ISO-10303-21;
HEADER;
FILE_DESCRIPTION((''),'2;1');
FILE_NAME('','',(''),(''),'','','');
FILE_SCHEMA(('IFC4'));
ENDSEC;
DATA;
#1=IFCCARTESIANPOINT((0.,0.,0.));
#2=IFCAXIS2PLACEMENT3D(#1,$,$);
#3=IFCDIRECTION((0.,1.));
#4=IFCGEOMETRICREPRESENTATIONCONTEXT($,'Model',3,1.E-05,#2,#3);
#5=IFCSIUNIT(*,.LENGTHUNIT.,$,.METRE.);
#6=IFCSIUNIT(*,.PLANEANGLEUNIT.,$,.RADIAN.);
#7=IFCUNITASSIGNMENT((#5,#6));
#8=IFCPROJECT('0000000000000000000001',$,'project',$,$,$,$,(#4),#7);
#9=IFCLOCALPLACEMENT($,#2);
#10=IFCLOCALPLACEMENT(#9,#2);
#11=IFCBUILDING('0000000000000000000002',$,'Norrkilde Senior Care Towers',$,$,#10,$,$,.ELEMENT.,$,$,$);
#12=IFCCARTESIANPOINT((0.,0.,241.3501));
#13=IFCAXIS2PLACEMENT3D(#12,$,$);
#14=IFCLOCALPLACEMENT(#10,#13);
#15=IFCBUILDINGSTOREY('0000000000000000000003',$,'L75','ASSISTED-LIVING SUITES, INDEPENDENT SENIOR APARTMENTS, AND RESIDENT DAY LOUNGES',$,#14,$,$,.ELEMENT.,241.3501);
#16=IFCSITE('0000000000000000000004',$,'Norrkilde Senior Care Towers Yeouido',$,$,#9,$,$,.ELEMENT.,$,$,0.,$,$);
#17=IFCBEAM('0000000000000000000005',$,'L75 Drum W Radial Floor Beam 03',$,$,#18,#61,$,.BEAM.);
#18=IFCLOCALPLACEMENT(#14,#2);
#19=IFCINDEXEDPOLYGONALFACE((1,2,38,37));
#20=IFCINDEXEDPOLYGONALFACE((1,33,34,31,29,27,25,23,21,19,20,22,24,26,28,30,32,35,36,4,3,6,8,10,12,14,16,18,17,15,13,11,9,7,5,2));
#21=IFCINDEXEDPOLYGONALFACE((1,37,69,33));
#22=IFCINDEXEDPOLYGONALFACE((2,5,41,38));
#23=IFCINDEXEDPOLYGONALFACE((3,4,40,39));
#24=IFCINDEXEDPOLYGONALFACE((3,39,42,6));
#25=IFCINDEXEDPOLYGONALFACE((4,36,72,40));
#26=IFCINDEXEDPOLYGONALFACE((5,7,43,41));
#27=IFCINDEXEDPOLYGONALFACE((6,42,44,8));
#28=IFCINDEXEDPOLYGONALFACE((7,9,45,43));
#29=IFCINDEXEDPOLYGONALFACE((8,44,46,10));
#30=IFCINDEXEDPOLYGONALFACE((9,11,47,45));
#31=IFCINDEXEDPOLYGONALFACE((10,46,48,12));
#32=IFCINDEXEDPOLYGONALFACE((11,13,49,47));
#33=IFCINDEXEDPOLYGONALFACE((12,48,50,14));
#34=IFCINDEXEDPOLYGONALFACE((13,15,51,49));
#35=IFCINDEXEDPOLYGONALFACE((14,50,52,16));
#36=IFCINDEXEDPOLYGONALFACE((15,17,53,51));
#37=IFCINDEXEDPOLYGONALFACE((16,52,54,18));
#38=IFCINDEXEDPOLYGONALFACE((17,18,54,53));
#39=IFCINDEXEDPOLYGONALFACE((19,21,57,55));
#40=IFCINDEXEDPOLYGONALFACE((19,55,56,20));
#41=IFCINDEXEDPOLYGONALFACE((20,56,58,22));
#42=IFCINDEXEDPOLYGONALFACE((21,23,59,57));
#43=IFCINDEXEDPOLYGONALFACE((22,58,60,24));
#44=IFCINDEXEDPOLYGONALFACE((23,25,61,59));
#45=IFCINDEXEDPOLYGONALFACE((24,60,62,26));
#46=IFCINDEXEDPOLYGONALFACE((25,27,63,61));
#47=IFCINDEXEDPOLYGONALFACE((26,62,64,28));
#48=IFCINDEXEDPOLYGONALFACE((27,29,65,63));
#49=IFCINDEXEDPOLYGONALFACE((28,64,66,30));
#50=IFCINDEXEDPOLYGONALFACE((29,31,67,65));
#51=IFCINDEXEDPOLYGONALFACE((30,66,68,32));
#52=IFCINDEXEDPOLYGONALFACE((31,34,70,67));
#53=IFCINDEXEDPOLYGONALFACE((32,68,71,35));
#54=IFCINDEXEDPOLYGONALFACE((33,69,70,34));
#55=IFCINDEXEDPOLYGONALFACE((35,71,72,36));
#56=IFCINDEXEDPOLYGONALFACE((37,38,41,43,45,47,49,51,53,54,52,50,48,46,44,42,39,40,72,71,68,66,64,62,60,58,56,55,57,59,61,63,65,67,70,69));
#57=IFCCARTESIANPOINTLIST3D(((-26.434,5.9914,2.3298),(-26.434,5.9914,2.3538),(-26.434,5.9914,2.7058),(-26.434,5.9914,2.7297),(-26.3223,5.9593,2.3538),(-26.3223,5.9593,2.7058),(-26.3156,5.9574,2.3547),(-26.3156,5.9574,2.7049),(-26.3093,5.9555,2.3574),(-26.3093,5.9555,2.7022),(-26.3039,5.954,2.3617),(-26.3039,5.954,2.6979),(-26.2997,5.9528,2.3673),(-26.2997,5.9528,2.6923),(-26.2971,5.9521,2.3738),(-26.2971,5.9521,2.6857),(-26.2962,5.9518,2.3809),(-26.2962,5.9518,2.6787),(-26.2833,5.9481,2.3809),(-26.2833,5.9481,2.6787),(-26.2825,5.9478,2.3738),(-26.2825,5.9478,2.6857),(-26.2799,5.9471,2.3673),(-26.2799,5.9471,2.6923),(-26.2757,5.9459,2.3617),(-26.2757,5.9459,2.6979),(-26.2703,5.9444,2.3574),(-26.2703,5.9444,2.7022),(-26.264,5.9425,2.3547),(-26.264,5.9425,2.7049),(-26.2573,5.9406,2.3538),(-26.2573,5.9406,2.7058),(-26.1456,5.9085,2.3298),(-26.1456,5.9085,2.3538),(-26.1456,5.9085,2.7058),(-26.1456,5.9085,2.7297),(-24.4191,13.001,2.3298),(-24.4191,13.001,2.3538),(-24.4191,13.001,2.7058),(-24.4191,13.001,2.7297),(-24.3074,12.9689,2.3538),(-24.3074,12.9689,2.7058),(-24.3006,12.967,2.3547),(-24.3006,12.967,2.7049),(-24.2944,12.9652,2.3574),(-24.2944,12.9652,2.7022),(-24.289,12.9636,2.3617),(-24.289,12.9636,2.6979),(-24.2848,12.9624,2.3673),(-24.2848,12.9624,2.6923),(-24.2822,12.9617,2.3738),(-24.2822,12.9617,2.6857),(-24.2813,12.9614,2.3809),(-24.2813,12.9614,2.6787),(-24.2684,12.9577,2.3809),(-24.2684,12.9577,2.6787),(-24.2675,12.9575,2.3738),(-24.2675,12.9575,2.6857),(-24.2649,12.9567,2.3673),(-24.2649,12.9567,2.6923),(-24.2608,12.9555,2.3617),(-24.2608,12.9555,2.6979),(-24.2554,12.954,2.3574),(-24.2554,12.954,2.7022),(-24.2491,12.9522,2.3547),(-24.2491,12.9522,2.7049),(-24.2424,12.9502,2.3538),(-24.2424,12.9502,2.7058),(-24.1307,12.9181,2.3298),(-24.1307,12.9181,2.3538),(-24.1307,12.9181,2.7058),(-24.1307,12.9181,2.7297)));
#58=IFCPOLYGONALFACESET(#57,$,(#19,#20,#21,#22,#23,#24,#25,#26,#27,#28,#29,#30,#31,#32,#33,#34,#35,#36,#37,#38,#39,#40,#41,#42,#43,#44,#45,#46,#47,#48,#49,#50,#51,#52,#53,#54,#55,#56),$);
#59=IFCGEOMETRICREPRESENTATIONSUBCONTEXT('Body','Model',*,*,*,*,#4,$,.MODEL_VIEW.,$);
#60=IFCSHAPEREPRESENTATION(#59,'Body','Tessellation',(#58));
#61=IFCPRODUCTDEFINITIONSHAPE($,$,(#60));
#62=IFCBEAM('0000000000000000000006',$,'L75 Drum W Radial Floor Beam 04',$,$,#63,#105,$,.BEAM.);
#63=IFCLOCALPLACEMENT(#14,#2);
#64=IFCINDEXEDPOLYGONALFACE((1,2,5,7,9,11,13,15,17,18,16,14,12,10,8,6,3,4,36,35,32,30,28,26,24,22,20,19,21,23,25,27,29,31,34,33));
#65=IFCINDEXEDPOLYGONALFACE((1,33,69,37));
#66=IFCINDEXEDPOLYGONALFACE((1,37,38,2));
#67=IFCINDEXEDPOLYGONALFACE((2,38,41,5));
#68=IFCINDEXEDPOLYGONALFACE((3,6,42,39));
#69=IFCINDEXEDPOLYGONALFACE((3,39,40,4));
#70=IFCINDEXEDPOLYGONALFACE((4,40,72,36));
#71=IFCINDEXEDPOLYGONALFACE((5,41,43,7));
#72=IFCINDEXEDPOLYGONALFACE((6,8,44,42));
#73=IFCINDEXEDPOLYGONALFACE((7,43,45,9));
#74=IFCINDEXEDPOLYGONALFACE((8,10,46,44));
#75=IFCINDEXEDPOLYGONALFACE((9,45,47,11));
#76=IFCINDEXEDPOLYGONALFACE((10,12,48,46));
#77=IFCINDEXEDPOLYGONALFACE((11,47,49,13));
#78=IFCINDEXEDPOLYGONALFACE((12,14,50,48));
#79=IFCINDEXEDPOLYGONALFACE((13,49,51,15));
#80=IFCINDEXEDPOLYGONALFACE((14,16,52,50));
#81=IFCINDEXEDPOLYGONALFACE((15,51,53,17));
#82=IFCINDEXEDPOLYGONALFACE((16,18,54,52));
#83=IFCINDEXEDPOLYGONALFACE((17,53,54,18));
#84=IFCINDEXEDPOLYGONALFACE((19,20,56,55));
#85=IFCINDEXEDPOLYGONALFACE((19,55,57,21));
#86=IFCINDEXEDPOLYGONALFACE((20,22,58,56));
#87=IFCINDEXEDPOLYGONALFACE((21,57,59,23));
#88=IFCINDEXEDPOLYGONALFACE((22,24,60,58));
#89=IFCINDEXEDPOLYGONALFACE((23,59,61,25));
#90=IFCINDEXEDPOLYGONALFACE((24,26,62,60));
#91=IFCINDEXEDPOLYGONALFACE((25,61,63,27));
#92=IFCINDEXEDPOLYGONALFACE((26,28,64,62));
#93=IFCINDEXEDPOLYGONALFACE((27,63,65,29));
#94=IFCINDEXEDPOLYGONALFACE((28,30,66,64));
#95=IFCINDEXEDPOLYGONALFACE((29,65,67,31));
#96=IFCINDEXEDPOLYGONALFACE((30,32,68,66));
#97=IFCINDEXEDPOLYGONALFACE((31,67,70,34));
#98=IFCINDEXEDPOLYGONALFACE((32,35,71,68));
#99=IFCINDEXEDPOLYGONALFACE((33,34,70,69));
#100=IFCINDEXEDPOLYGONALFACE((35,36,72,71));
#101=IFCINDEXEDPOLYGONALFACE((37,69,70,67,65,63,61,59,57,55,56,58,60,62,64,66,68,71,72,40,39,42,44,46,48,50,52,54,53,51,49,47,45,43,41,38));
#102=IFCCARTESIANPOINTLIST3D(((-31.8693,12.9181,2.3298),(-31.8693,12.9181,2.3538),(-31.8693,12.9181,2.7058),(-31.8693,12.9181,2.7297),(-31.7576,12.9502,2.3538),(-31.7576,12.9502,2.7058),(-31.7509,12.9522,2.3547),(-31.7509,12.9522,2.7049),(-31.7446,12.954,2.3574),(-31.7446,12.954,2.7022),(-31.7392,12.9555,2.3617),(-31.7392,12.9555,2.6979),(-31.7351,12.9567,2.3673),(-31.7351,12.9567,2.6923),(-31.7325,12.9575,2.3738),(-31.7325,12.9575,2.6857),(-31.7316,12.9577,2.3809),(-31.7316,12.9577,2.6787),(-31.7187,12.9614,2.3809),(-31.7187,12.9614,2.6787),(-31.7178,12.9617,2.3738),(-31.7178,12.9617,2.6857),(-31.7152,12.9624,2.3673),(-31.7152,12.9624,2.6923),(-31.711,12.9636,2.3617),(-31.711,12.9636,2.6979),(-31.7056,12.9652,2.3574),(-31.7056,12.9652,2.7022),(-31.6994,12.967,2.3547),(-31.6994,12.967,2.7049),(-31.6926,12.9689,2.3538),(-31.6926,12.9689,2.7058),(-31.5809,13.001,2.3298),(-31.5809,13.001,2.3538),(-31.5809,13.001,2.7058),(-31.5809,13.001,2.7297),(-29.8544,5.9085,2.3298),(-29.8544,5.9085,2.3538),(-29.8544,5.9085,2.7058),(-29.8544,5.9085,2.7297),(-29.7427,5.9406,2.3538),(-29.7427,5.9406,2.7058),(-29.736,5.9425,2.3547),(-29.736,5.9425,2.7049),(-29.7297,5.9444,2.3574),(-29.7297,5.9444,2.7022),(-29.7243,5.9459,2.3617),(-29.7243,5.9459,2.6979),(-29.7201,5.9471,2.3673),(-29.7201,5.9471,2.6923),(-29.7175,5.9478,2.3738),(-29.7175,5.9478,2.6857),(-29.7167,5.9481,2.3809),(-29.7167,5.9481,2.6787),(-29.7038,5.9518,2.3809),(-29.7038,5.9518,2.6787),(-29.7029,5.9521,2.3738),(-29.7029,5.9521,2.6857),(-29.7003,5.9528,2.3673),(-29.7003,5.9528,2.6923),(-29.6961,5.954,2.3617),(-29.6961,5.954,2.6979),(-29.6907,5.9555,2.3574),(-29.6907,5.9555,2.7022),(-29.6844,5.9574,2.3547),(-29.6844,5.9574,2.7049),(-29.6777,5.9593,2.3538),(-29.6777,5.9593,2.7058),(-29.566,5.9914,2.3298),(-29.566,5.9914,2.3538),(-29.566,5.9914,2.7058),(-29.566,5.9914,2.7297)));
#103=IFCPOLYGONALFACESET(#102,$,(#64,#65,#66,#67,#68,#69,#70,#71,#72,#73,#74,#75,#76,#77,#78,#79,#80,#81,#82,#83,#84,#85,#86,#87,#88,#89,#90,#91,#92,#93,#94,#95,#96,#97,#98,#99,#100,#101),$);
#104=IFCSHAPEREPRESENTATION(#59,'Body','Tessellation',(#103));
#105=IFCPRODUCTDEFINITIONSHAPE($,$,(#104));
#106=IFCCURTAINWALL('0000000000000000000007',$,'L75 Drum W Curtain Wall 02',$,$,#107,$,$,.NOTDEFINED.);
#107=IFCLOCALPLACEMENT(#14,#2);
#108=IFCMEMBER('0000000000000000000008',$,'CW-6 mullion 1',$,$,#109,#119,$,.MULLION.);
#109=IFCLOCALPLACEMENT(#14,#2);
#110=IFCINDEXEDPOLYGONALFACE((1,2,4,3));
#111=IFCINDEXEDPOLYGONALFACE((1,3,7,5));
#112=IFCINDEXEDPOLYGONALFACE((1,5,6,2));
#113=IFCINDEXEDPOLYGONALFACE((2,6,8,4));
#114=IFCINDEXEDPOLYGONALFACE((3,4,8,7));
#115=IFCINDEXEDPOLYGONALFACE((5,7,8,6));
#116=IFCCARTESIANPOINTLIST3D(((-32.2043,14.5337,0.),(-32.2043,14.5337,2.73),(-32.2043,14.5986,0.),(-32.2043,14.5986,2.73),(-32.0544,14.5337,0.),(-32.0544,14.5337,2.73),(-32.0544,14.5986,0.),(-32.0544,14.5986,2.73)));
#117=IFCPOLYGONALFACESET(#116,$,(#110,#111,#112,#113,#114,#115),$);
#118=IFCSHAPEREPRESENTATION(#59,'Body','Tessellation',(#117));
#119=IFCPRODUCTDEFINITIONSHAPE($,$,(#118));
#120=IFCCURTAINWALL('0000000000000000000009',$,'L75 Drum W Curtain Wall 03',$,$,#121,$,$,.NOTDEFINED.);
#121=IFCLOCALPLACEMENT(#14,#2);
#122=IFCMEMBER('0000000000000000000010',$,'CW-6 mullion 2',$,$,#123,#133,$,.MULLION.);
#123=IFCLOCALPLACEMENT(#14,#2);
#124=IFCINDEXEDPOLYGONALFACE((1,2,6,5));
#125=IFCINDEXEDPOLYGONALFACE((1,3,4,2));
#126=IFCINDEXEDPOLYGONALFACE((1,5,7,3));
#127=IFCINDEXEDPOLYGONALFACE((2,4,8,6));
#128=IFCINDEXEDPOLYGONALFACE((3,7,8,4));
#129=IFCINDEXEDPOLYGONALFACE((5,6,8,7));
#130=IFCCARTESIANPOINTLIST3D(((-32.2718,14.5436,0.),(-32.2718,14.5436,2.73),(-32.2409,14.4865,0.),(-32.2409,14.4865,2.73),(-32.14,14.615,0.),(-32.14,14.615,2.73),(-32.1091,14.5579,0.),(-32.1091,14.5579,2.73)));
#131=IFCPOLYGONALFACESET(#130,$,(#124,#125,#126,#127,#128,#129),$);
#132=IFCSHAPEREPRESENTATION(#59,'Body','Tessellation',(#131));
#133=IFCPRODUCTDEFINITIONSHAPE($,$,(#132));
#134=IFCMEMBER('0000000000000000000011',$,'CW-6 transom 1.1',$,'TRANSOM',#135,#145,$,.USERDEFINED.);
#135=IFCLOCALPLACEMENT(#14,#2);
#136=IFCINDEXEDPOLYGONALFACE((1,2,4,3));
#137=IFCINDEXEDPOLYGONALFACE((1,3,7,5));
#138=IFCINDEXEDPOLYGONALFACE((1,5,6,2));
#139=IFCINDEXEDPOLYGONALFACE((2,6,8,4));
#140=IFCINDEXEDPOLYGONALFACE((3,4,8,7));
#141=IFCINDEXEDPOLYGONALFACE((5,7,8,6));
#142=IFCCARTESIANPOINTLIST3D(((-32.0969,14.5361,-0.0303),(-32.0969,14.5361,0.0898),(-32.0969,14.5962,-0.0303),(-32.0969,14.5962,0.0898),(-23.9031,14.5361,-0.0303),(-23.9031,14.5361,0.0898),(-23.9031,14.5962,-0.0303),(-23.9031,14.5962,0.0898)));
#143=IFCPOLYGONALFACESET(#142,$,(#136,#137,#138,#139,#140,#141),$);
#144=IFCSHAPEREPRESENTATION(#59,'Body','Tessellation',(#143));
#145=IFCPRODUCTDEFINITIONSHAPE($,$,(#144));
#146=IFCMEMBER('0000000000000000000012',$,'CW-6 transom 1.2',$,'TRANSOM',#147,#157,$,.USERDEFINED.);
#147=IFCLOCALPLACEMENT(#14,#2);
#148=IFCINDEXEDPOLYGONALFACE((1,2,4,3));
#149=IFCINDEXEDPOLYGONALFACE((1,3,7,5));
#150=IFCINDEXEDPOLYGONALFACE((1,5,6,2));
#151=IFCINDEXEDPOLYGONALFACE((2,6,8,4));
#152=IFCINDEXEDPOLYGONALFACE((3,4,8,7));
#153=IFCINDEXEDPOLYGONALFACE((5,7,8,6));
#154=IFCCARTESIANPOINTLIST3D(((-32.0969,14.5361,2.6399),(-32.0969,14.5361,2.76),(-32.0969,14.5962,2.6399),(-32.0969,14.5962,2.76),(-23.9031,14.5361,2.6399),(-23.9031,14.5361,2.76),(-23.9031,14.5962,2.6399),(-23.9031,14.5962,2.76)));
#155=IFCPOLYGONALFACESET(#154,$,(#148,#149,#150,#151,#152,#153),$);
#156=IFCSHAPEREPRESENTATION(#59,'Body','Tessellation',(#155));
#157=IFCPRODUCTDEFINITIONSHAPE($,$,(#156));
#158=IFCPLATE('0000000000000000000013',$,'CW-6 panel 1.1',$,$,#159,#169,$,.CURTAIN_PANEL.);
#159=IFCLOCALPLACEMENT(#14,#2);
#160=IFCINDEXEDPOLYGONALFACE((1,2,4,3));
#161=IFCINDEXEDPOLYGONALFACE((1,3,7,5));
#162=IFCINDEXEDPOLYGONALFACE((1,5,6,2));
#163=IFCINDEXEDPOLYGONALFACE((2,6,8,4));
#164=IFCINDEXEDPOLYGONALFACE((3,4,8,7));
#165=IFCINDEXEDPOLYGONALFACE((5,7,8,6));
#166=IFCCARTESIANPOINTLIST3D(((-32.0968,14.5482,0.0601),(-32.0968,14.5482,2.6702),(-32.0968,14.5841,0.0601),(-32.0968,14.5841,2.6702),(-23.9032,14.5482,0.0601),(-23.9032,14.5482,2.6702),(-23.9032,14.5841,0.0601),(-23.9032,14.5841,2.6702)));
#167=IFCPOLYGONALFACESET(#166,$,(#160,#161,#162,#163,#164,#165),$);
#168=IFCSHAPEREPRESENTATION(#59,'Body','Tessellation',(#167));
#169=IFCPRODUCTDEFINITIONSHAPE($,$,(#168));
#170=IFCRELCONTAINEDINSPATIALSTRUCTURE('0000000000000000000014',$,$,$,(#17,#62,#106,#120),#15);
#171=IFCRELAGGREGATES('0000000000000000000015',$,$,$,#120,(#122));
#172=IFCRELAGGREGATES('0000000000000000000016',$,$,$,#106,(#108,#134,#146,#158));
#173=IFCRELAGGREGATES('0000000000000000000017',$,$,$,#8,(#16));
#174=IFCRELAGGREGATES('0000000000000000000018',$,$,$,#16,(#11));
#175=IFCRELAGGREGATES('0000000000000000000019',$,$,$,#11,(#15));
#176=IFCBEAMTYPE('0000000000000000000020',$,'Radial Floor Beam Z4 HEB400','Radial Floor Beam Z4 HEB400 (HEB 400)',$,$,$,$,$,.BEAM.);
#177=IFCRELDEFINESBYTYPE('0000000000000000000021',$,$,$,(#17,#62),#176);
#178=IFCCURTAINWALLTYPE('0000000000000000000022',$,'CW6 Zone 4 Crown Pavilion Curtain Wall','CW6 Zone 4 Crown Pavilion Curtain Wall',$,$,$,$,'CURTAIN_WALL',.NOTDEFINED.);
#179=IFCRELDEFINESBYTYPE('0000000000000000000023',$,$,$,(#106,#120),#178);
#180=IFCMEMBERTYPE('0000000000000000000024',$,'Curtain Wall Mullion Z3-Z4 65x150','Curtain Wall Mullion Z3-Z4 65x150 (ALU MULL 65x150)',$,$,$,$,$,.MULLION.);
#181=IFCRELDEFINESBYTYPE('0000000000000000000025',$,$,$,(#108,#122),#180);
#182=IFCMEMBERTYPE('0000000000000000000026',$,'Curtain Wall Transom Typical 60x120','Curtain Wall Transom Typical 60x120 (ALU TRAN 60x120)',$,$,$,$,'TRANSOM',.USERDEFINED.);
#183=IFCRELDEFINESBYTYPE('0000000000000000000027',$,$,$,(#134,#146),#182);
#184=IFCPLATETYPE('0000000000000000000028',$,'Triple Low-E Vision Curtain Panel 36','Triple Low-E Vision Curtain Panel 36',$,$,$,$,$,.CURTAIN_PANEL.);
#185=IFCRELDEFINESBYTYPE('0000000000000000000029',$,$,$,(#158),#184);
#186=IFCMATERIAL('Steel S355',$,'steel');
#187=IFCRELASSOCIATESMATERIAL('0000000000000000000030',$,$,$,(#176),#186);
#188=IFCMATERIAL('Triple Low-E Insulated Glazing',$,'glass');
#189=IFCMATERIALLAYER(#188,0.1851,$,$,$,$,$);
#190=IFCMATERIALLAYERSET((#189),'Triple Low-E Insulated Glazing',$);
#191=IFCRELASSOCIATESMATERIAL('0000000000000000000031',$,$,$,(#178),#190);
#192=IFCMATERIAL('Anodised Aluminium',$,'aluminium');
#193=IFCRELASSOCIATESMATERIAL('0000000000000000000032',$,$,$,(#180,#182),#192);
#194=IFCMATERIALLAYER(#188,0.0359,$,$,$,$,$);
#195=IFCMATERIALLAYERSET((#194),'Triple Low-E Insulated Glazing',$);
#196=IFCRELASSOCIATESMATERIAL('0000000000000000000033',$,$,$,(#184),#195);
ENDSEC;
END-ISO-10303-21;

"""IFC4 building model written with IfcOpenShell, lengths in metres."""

from ifc_helpers import new_model, si_unit, direction, frame, origin, origin_2d, place, context, subcontext, project, spatial, rectangle, i_section, extrude, source, transform, mapped, material, layer, layer_set, material_profile, profile_set, type_object, type_shapes, element, aggregate, save


model = new_model("IFC4")

# Units and contexts
model_context = context("Model", 3, precision=1e-05, world=origin(), true_north=direction((0.0, 1.0)))
body_context = subcontext(model_context, "Body", "Model", "MODEL_VIEW")
ifc_project = project(units=[si_unit("LENGTHUNIT", "METRE"), si_unit("PLANEANGLEUNIT", "RADIAN")], contexts=[model_context])

# Site, building, storey
site_placement = place(None, origin())
site = spatial("IfcSite", under=ifc_project, at=site_placement, Name="Norrkilde Senior Care Towers Yeouido", CompositionType="ELEMENT", RefElevation=0.0)
building_placement = place(site_placement, origin())
building = spatial("IfcBuilding", under=site, at=building_placement, Name="Norrkilde Senior Care Towers", CompositionType="ELEMENT")
storey_placement = place(building_placement, frame((0.0, 0.0, 241.3501)))
storey = spatial("IfcBuildingStorey", under=building, at=storey_placement, Name="L75", Description="ASSISTED-LIVING SUITES, INDEPENDENT SENIOR APARTMENTS, AND RESIDENT DAY LOUNGES", CompositionType="ELEMENT", Elevation=241.3501)

# Beams
ifc_material_1 = material(Name="Steel S355", Category="steel")
ifc_material_profile_1 = material_profile(ifc_material_1, i_section(OverallWidth=0.3, OverallDepth=0.3999, WebThickness=0.0134, FlangeThickness=0.0239, FilletRadius=0.0271, at=origin_2d()), Name="HEB 400")
ifc_profile_set_1 = profile_set([ifc_material_profile_1], Name="Steel S355")
beam_type_1 = type_object("IfcBeamType", Name="Radial Floor Beam Z4 HEB400", Description="Radial Floor Beam Z4 HEB400 (HEB 400)", PredefinedType="BEAM", material=ifc_profile_set_1)
shared_shape_1 = source(origin(), body_context, "Body", "SweptSolid", [
    extrude(i_section(OverallWidth=0.3, OverallDepth=0.3999, WebThickness=0.0134, FlangeThickness=0.0239, FilletRadius=0.0271, at=origin_2d()), origin(), (0.0, 0.0, 1.0), 7.2935),
])
for number, where, z_axis, x_axis, name in (
    (1, (-26.2898, 5.95, 2.5298), (0.276264, 0.961082, 0.0), (-0.961082, 0.276264, 0.0), "L75 Drum W Radial Floor Beam 03"),
    (2, (-29.7102, 5.95, 2.5298), (-0.276264, 0.961082, 0.0), (-0.961082, -0.276264, 0.0), "L75 Drum W Radial Floor Beam 04"),
):
    element("IfcBeam", number, at=place(storey_placement, frame(where, z_axis=z_axis, x_axis=x_axis)), inside=storey, type_object=beam_type_1, Name=name, PredefinedType="BEAM", context=body_context, shape_type="MappedRepresentation", body=[
        mapped(shared_shape_1, transform((0.0, 0.0, 0.0), x_axis=(1.0, 0.0, 0.0), y_axis=(0.0, 1.0, 0.0), z_axis=(0.0, 0.0, 1.0), scale=1.0)),
    ])

# Curtain walls, members
ifc_material_2 = material(Name="Triple Low-E Insulated Glazing", Category="glass")
ifc_layer_1 = layer(ifc_material_2, 0.1851)
ifc_layer_set_1 = layer_set([ifc_layer_1], Name="Triple Low-E Insulated Glazing")
curtain_wall_type = type_object("IfcCurtainWallType", Name="CW6 Zone 4 Crown Pavilion Curtain Wall", Description="CW6 Zone 4 Crown Pavilion Curtain Wall", ElementType="CURTAIN_WALL", PredefinedType="NOTDEFINED", material=ifc_layer_set_1)
curtain_wall_1_placement = place(storey_placement, origin())
curtain_wall_1 = element("IfcCurtainWall", 3, at=curtain_wall_1_placement, inside=storey, type_object=curtain_wall_type, Name="L75 Drum W Curtain Wall 02", PredefinedType="NOTDEFINED")
ifc_material_3 = material(Name="Anodised Aluminium", Category="aluminium")
ifc_material_profile_2 = material_profile(ifc_material_3, rectangle(XDim=0.0649, YDim=0.1499, at=origin_2d()), Name="ALU MULL 65x150")
ifc_profile_set_2 = profile_set([ifc_material_profile_2], Name="Anodised Aluminium")
member_type_1 = type_object("IfcMemberType", Name="Curtain Wall Mullion Z3-Z4 65x150", Description="Curtain Wall Mullion Z3-Z4 65x150 (ALU MULL 65x150)", PredefinedType="MULLION", material=ifc_profile_set_2)
shared_shape_2 = source(origin(), body_context, "Body", "SweptSolid", [
    extrude(rectangle(XDim=0.0649, YDim=0.1499, at=origin_2d()), origin(), (0.0, 0.0, 1.0), 2.73),
])
type_shapes(member_type_1, [shared_shape_2])
member_1_placement = place(storey_placement, frame((-32.1294, 14.5662, 0.0), z_axis=(0.0, 0.0, 1.0), x_axis=(0.0, 1.0, 0.0)))
member_1 = element("IfcMember", 4, at=member_1_placement, type_object=member_type_1, Name="CW-6 mullion 1", PredefinedType="MULLION", context=body_context, shape_type="MappedRepresentation", body=[
    mapped(shared_shape_2, transform((0.0, 0.0, 0.0), x_axis=(1.0, 0.0, 0.0), y_axis=(0.0, 1.0, 0.0), z_axis=(0.0, 0.0, 1.0), scale=1.0)),
])
curtain_wall_2_placement = place(storey_placement, origin())
curtain_wall_2 = element("IfcCurtainWall", 5, at=curtain_wall_2_placement, inside=storey, type_object=curtain_wall_type, Name="L75 Drum W Curtain Wall 03", PredefinedType="NOTDEFINED")
member_2_placement = place(storey_placement, frame((-32.1904, 14.5508, 0.0), z_axis=(0.0, 0.0, 1.0), x_axis=(-0.476133, 0.879373, 0.0)))
member_2 = element("IfcMember", 6, at=member_2_placement, type_object=member_type_1, Name="CW-6 mullion 2", PredefinedType="MULLION", context=body_context, shape_type="MappedRepresentation", body=[
    mapped(shared_shape_2, transform((0.0, 0.0, 0.0), x_axis=(1.0, 0.0, 0.0), y_axis=(0.0, 1.0, 0.0), z_axis=(0.0, 0.0, 1.0), scale=1.0)),
])
aggregate(curtain_wall_2, [member_2])

# Members
ifc_material_profile_3 = material_profile(ifc_material_3, rectangle(XDim=0.0601, YDim=0.1201, at=origin_2d()), Name="ALU TRAN 60x120")
ifc_profile_set_3 = profile_set([ifc_material_profile_3], Name="Anodised Aluminium")
member_type_2 = type_object("IfcMemberType", Name="Curtain Wall Transom Typical 60x120", Description="Curtain Wall Transom Typical 60x120 (ALU TRAN 60x120)", ElementType="TRANSOM", PredefinedType="USERDEFINED", material=ifc_profile_set_3)
shared_shape_3 = source(origin(), body_context, "Body", "SweptSolid", [
    extrude(rectangle(XDim=0.0601, YDim=0.1201, at=origin_2d()), origin(), (0.0, 0.0, 1.0), 8.1938),
])
type_shapes(member_type_2, [shared_shape_3])
member_3_placement = place(storey_placement, frame((-32.0969, 14.5662, 0.0298), z_axis=(1.0, 0.0, 0.0), x_axis=(0.0, 1.0, 0.0)))
member_3 = element("IfcMember", 7, at=member_3_placement, type_object=member_type_2, Name="CW-6 transom 1.1", ObjectType="TRANSOM", PredefinedType="USERDEFINED", context=body_context, shape_type="MappedRepresentation", body=[
    mapped(shared_shape_3, transform((0.0, 0.0, 0.0), x_axis=(1.0, 0.0, 0.0), y_axis=(0.0, 1.0, 0.0), z_axis=(0.0, 0.0, 1.0), scale=1.0)),
])
member_4_placement = place(storey_placement, frame((-32.0969, 14.5662, 2.7), z_axis=(1.0, 0.0, 0.0), x_axis=(0.0, 1.0, 0.0)))
member_4 = element("IfcMember", 8, at=member_4_placement, type_object=member_type_2, Name="CW-6 transom 1.2", ObjectType="TRANSOM", PredefinedType="USERDEFINED", context=body_context, shape_type="MappedRepresentation", body=[
    mapped(shared_shape_3, transform((0.0, 0.0, 0.0), x_axis=(1.0, 0.0, 0.0), y_axis=(0.0, 1.0, 0.0), z_axis=(0.0, 0.0, 1.0), scale=1.0)),
])

# Plate
ifc_layer_2 = layer(ifc_material_2, 0.0359)
ifc_layer_set_2 = layer_set([ifc_layer_2], Name="Triple Low-E Insulated Glazing")
plate_type = type_object("IfcPlateType", Name="Triple Low-E Vision Curtain Panel 36", Description="Triple Low-E Vision Curtain Panel 36", PredefinedType="CURTAIN_PANEL", material=ifc_layer_set_2)
shared_shape_4 = source(origin(), body_context, "Body", "SweptSolid", [
    extrude(rectangle(XDim=8.1936, YDim=0.0359, at=origin_2d()), origin(), (0.0, 0.0, 1.0), 2.6101),
])
type_shapes(plate_type, [shared_shape_4])
plate_placement = place(storey_placement, frame((-28.0, 14.5662, 0.0601), z_axis=(0.0, 0.0, 1.0), x_axis=(1.0, 0.0, 0.0)))
plate = element("IfcPlate", 9, at=plate_placement, type_object=plate_type, Name="CW-6 panel 1.1", PredefinedType="CURTAIN_PANEL", context=body_context, shape_type="MappedRepresentation", body=[
    mapped(shared_shape_4, transform((0.0, 0.0, 0.0), x_axis=(1.0, 0.0, 0.0), y_axis=(0.0, 1.0, 0.0), z_axis=(0.0, 0.0, 1.0), scale=1.0)),
])
aggregate(curtain_wall_1, [member_1, member_3, member_4, plate])

save(model, "model.ifc")
